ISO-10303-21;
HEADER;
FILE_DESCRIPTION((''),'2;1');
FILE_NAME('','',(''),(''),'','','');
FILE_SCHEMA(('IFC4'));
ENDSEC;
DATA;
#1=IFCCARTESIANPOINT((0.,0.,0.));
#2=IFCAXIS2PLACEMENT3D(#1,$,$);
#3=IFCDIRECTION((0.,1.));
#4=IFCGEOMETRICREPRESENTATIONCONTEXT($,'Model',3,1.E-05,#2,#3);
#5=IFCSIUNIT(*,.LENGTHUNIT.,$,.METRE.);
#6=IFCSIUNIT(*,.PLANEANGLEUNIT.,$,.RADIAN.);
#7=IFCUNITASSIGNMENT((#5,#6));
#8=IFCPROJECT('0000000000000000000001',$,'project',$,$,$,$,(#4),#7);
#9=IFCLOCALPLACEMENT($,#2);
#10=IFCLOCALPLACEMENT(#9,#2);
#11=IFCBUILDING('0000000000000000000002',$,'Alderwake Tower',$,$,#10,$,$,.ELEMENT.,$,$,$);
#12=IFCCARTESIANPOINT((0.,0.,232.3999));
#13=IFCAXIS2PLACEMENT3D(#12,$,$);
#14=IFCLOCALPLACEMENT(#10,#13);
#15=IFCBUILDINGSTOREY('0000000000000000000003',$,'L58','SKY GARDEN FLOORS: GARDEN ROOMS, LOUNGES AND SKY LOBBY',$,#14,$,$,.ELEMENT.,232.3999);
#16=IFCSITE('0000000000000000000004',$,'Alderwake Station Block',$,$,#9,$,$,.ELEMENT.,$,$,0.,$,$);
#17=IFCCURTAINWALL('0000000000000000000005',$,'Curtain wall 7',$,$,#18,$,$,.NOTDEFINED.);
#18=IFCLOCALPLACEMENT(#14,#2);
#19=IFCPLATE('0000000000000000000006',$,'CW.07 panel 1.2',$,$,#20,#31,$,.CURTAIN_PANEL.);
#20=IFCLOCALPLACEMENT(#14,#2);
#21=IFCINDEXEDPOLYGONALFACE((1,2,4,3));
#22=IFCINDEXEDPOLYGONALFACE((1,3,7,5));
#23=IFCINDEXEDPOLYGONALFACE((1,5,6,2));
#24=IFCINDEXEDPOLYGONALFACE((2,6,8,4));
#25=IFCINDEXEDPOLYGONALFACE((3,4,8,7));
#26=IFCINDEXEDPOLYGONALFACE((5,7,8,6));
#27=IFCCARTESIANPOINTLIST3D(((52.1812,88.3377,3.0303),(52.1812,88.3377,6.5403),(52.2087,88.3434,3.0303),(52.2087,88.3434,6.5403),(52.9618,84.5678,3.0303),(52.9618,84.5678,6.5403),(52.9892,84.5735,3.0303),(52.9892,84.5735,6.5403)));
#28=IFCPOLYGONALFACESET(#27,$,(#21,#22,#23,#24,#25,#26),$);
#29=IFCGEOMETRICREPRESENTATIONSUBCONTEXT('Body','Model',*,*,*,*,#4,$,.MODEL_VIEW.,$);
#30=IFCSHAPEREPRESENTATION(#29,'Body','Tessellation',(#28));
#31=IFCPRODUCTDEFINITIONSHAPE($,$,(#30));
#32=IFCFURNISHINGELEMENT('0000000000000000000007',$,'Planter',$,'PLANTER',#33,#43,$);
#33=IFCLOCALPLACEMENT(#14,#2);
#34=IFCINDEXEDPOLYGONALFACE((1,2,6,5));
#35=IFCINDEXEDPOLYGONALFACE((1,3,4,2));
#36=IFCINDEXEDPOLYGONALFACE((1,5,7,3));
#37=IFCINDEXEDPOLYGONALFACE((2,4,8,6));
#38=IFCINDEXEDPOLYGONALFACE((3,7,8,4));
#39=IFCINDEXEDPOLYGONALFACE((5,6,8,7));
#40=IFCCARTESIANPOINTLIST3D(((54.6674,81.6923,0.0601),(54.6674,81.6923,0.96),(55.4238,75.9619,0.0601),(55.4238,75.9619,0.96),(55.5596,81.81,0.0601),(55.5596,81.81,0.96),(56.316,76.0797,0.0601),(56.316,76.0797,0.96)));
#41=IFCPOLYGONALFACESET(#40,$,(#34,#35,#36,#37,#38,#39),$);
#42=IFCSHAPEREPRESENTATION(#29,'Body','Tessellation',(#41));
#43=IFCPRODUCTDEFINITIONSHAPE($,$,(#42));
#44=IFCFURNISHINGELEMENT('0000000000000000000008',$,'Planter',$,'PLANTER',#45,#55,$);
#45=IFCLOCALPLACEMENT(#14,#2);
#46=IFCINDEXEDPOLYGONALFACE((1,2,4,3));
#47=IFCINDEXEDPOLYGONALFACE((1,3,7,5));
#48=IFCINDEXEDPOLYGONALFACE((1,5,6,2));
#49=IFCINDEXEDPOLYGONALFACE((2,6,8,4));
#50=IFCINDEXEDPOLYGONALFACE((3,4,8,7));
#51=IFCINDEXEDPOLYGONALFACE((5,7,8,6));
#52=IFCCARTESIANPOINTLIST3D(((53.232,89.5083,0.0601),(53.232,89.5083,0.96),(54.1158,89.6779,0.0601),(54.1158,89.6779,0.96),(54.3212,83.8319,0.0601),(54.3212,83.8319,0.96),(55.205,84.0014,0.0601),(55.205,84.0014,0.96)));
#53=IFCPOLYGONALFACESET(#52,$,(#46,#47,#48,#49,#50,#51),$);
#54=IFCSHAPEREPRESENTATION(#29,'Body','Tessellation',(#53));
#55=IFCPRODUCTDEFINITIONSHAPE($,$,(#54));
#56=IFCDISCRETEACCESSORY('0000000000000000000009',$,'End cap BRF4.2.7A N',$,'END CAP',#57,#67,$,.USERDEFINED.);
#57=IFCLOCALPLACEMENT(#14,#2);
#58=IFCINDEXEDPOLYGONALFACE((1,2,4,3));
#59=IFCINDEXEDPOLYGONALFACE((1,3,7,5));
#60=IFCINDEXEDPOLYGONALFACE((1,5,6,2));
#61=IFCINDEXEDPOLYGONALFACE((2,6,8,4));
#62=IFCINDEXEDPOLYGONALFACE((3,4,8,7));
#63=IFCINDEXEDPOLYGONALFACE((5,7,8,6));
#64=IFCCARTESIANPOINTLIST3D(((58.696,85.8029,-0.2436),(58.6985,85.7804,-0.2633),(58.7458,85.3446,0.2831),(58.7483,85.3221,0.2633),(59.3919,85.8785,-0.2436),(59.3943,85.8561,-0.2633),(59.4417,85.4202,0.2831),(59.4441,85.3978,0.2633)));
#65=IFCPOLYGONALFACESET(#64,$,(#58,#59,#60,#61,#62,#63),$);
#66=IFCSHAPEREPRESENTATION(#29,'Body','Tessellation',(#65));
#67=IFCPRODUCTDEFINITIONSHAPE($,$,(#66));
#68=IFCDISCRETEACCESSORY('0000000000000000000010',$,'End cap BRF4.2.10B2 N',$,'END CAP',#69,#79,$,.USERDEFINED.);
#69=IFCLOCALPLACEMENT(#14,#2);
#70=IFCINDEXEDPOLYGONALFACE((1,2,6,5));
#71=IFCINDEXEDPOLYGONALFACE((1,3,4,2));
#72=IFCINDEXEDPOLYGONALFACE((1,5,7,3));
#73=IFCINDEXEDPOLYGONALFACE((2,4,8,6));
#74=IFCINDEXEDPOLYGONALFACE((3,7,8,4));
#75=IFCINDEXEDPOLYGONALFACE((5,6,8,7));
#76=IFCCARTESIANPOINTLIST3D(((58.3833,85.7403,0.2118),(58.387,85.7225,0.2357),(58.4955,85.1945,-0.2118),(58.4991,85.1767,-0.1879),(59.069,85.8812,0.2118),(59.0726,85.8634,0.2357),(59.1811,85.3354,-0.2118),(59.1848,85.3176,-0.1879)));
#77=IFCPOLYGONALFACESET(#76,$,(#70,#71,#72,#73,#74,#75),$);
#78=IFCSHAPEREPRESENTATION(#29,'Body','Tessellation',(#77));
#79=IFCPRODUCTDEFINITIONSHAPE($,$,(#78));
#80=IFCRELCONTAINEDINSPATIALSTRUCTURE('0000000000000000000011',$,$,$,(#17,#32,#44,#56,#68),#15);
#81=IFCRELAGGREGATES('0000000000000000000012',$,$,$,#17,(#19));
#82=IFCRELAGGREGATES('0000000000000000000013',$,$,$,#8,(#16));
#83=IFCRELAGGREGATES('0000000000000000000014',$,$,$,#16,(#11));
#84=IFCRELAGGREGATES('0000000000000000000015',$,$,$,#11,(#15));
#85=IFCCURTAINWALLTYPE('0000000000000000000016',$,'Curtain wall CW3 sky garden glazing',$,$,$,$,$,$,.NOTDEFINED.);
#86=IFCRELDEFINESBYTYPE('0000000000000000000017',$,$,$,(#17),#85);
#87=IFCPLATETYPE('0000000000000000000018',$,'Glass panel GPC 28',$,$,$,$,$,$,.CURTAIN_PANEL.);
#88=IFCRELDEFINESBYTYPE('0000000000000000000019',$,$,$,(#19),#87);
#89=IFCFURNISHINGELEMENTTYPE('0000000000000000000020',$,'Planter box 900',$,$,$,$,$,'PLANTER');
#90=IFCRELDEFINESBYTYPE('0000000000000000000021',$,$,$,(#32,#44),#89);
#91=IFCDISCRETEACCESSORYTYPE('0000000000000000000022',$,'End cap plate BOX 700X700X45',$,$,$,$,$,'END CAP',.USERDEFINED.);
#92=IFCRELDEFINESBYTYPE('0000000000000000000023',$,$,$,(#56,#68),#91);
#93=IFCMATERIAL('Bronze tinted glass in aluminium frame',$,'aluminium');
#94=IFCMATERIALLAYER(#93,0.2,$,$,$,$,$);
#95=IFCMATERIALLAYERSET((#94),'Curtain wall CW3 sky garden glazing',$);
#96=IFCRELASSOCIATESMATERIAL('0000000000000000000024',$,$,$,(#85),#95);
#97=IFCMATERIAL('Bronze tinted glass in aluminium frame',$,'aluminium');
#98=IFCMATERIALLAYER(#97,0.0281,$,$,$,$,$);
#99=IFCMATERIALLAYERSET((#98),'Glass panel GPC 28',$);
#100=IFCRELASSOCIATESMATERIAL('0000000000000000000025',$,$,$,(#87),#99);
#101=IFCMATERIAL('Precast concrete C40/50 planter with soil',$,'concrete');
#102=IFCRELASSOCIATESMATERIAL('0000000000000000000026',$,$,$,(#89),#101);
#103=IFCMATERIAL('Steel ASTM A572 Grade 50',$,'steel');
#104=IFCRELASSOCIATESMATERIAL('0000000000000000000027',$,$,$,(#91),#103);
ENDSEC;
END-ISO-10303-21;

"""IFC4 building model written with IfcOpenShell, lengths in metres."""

from ifc_helpers import new_model, si_unit, direction, frame, origin, origin_2d, place, context, subcontext, project, spatial, rectangle, extrude, material, layer, layer_set, material_profile, profile_set, type_object, element, aggregate, save


model = new_model("IFC4")

# Units and contexts
model_context = context("Model", 3, precision=1e-05, world=origin(), true_north=direction((0.0, 1.0)))
body_context = subcontext(model_context, "Body", "Model", "MODEL_VIEW")
ifc_project = project(units=[si_unit("LENGTHUNIT", "METRE"), si_unit("PLANEANGLEUNIT", "RADIAN")], contexts=[model_context])

# Site, building, storey
site_placement = place(None, origin())
site = spatial("IfcSite", under=ifc_project, at=site_placement, Name="Alderwake Station Block", CompositionType="ELEMENT", RefElevation=0.0)
building_placement = place(site_placement, origin())
building = spatial("IfcBuilding", under=site, at=building_placement, Name="Alderwake Tower", CompositionType="ELEMENT")
storey_placement = place(building_placement, frame((0.0, 0.0, 232.3999)))
storey = spatial("IfcBuildingStorey", under=building, at=storey_placement, Name="L58", Description="SKY GARDEN FLOORS: GARDEN ROOMS, LOUNGES AND SKY LOBBY", CompositionType="ELEMENT", Elevation=232.3999)

# Curtain wall, plate
ifc_material_1 = material(Name="Bronze tinted glass in aluminium frame", Category="aluminium")
ifc_layer_1 = layer(ifc_material_1, 0.2)
ifc_layer_set_1 = layer_set([ifc_layer_1], Name="Curtain wall CW3 sky garden glazing")
curtain_wall_type = type_object("IfcCurtainWallType", Name="Curtain wall CW3 sky garden glazing", PredefinedType="NOTDEFINED", material=ifc_layer_set_1)
curtain_wall_placement = place(storey_placement, origin())
curtain_wall = element("IfcCurtainWall", 1, at=curtain_wall_placement, inside=storey, type_object=curtain_wall_type, Name="Curtain wall 7", PredefinedType="NOTDEFINED")
ifc_material_2 = material(Name="Bronze tinted glass in aluminium frame", Category="aluminium")
ifc_layer_2 = layer(ifc_material_2, 0.0281)
ifc_layer_set_2 = layer_set([ifc_layer_2], Name="Glass panel GPC 28")
plate_type = type_object("IfcPlateType", Name="Glass panel GPC 28", PredefinedType="CURTAIN_PANEL", material=ifc_layer_set_2)
plate_1_placement = place(storey_placement, frame((52.5852, 86.4556, 3.0303), z_axis=(0.0, 0.0, 1.0), x_axis=(-0.20276, 0.979229, 0.0)))
plate_1 = element("IfcPlate", 2, at=plate_1_placement, type_object=plate_type, Name="CW.07 panel 1.2", PredefinedType="CURTAIN_PANEL", context=body_context, shape_type="SweptSolid", body=[
    extrude(rectangle(XDim=3.8499, YDim=0.0281, at=origin_2d()), origin(), (0.0, 0.0, 1.0), 3.51),
])
aggregate(curtain_wall, [plate_1])

# Furnishing elements
ifc_material_3 = material(Name="Precast concrete C40/50 planter with soil", Category="concrete")
furnishing_element_type = type_object("IfcFurnishingElementType", Name="Planter box 900", ElementType="PLANTER", material=ifc_material_3)
for number, where, z_axis, x_axis, name in (
    (3, (55.4917, 78.886, 0.0601), (0.0, 0.0, 1.0), (0.991399, 0.130874, 0.0), "Planter"),
    (4, (54.2185, 86.7549, 0.0601), (0.0, 0.0, 1.0), (0.982083, 0.188449, 0.0), "Planter"),
):
    element("IfcFurnishingElement", number, at=place(storey_placement, frame(where, z_axis=z_axis, x_axis=x_axis)), inside=storey, type_object=furnishing_element_type, Name=name, ObjectType="PLANTER", context=body_context, shape_type="SweptSolid", body=[
        extrude(rectangle(XDim=0.8999, YDim=5.78, at=origin_2d()), origin(), (0.0, 0.0, 1.0), 0.8999),
    ])

# Discrete accessories
ifc_material_4 = material(Name="Steel ASTM A572 Grade 50", Category="steel")
ifc_material_profile_1 = material_profile(ifc_material_4, rectangle(XDim=0.7, YDim=0.7, at=origin_2d()), Name="BOX 700X700X45 cap")
ifc_profile_set_1 = profile_set([ifc_material_profile_1], Name="Steel ASTM A572 Grade 50")
discrete_accessory_type = type_object("IfcDiscreteAccessoryType", Name="End cap plate BOX 700X700X45", ElementType="END CAP", PredefinedType="USERDEFINED", material=ifc_profile_set_1)
for number, where, z_axis, x_axis, name in (
    (5, (59.0713, 85.5891, 0.0), (-0.081312, 0.748066, 0.658624), (-0.994144, -0.108059, 0.0), "End cap BRF4.2.7A N"),
    (6, (58.7822, 85.5378, 0.0), (0.121835, -0.592928, 0.795985), (0.979535, 0.201274, 0.0), "End cap BRF4.2.10B2 N"),
):
    element("IfcDiscreteAccessory", number, at=place(storey_placement, frame(where, z_axis=z_axis, x_axis=x_axis)), inside=storey, type_object=discrete_accessory_type, Name=name, ObjectType="END CAP", PredefinedType="USERDEFINED", context=body_context, shape_type="SweptSolid", body=[
        extrude(rectangle(XDim=0.7, YDim=0.7, at=origin_2d()), origin(), (0.0, 0.0, 1.0), 0.03),
    ])

save(model, "model.ifc")
